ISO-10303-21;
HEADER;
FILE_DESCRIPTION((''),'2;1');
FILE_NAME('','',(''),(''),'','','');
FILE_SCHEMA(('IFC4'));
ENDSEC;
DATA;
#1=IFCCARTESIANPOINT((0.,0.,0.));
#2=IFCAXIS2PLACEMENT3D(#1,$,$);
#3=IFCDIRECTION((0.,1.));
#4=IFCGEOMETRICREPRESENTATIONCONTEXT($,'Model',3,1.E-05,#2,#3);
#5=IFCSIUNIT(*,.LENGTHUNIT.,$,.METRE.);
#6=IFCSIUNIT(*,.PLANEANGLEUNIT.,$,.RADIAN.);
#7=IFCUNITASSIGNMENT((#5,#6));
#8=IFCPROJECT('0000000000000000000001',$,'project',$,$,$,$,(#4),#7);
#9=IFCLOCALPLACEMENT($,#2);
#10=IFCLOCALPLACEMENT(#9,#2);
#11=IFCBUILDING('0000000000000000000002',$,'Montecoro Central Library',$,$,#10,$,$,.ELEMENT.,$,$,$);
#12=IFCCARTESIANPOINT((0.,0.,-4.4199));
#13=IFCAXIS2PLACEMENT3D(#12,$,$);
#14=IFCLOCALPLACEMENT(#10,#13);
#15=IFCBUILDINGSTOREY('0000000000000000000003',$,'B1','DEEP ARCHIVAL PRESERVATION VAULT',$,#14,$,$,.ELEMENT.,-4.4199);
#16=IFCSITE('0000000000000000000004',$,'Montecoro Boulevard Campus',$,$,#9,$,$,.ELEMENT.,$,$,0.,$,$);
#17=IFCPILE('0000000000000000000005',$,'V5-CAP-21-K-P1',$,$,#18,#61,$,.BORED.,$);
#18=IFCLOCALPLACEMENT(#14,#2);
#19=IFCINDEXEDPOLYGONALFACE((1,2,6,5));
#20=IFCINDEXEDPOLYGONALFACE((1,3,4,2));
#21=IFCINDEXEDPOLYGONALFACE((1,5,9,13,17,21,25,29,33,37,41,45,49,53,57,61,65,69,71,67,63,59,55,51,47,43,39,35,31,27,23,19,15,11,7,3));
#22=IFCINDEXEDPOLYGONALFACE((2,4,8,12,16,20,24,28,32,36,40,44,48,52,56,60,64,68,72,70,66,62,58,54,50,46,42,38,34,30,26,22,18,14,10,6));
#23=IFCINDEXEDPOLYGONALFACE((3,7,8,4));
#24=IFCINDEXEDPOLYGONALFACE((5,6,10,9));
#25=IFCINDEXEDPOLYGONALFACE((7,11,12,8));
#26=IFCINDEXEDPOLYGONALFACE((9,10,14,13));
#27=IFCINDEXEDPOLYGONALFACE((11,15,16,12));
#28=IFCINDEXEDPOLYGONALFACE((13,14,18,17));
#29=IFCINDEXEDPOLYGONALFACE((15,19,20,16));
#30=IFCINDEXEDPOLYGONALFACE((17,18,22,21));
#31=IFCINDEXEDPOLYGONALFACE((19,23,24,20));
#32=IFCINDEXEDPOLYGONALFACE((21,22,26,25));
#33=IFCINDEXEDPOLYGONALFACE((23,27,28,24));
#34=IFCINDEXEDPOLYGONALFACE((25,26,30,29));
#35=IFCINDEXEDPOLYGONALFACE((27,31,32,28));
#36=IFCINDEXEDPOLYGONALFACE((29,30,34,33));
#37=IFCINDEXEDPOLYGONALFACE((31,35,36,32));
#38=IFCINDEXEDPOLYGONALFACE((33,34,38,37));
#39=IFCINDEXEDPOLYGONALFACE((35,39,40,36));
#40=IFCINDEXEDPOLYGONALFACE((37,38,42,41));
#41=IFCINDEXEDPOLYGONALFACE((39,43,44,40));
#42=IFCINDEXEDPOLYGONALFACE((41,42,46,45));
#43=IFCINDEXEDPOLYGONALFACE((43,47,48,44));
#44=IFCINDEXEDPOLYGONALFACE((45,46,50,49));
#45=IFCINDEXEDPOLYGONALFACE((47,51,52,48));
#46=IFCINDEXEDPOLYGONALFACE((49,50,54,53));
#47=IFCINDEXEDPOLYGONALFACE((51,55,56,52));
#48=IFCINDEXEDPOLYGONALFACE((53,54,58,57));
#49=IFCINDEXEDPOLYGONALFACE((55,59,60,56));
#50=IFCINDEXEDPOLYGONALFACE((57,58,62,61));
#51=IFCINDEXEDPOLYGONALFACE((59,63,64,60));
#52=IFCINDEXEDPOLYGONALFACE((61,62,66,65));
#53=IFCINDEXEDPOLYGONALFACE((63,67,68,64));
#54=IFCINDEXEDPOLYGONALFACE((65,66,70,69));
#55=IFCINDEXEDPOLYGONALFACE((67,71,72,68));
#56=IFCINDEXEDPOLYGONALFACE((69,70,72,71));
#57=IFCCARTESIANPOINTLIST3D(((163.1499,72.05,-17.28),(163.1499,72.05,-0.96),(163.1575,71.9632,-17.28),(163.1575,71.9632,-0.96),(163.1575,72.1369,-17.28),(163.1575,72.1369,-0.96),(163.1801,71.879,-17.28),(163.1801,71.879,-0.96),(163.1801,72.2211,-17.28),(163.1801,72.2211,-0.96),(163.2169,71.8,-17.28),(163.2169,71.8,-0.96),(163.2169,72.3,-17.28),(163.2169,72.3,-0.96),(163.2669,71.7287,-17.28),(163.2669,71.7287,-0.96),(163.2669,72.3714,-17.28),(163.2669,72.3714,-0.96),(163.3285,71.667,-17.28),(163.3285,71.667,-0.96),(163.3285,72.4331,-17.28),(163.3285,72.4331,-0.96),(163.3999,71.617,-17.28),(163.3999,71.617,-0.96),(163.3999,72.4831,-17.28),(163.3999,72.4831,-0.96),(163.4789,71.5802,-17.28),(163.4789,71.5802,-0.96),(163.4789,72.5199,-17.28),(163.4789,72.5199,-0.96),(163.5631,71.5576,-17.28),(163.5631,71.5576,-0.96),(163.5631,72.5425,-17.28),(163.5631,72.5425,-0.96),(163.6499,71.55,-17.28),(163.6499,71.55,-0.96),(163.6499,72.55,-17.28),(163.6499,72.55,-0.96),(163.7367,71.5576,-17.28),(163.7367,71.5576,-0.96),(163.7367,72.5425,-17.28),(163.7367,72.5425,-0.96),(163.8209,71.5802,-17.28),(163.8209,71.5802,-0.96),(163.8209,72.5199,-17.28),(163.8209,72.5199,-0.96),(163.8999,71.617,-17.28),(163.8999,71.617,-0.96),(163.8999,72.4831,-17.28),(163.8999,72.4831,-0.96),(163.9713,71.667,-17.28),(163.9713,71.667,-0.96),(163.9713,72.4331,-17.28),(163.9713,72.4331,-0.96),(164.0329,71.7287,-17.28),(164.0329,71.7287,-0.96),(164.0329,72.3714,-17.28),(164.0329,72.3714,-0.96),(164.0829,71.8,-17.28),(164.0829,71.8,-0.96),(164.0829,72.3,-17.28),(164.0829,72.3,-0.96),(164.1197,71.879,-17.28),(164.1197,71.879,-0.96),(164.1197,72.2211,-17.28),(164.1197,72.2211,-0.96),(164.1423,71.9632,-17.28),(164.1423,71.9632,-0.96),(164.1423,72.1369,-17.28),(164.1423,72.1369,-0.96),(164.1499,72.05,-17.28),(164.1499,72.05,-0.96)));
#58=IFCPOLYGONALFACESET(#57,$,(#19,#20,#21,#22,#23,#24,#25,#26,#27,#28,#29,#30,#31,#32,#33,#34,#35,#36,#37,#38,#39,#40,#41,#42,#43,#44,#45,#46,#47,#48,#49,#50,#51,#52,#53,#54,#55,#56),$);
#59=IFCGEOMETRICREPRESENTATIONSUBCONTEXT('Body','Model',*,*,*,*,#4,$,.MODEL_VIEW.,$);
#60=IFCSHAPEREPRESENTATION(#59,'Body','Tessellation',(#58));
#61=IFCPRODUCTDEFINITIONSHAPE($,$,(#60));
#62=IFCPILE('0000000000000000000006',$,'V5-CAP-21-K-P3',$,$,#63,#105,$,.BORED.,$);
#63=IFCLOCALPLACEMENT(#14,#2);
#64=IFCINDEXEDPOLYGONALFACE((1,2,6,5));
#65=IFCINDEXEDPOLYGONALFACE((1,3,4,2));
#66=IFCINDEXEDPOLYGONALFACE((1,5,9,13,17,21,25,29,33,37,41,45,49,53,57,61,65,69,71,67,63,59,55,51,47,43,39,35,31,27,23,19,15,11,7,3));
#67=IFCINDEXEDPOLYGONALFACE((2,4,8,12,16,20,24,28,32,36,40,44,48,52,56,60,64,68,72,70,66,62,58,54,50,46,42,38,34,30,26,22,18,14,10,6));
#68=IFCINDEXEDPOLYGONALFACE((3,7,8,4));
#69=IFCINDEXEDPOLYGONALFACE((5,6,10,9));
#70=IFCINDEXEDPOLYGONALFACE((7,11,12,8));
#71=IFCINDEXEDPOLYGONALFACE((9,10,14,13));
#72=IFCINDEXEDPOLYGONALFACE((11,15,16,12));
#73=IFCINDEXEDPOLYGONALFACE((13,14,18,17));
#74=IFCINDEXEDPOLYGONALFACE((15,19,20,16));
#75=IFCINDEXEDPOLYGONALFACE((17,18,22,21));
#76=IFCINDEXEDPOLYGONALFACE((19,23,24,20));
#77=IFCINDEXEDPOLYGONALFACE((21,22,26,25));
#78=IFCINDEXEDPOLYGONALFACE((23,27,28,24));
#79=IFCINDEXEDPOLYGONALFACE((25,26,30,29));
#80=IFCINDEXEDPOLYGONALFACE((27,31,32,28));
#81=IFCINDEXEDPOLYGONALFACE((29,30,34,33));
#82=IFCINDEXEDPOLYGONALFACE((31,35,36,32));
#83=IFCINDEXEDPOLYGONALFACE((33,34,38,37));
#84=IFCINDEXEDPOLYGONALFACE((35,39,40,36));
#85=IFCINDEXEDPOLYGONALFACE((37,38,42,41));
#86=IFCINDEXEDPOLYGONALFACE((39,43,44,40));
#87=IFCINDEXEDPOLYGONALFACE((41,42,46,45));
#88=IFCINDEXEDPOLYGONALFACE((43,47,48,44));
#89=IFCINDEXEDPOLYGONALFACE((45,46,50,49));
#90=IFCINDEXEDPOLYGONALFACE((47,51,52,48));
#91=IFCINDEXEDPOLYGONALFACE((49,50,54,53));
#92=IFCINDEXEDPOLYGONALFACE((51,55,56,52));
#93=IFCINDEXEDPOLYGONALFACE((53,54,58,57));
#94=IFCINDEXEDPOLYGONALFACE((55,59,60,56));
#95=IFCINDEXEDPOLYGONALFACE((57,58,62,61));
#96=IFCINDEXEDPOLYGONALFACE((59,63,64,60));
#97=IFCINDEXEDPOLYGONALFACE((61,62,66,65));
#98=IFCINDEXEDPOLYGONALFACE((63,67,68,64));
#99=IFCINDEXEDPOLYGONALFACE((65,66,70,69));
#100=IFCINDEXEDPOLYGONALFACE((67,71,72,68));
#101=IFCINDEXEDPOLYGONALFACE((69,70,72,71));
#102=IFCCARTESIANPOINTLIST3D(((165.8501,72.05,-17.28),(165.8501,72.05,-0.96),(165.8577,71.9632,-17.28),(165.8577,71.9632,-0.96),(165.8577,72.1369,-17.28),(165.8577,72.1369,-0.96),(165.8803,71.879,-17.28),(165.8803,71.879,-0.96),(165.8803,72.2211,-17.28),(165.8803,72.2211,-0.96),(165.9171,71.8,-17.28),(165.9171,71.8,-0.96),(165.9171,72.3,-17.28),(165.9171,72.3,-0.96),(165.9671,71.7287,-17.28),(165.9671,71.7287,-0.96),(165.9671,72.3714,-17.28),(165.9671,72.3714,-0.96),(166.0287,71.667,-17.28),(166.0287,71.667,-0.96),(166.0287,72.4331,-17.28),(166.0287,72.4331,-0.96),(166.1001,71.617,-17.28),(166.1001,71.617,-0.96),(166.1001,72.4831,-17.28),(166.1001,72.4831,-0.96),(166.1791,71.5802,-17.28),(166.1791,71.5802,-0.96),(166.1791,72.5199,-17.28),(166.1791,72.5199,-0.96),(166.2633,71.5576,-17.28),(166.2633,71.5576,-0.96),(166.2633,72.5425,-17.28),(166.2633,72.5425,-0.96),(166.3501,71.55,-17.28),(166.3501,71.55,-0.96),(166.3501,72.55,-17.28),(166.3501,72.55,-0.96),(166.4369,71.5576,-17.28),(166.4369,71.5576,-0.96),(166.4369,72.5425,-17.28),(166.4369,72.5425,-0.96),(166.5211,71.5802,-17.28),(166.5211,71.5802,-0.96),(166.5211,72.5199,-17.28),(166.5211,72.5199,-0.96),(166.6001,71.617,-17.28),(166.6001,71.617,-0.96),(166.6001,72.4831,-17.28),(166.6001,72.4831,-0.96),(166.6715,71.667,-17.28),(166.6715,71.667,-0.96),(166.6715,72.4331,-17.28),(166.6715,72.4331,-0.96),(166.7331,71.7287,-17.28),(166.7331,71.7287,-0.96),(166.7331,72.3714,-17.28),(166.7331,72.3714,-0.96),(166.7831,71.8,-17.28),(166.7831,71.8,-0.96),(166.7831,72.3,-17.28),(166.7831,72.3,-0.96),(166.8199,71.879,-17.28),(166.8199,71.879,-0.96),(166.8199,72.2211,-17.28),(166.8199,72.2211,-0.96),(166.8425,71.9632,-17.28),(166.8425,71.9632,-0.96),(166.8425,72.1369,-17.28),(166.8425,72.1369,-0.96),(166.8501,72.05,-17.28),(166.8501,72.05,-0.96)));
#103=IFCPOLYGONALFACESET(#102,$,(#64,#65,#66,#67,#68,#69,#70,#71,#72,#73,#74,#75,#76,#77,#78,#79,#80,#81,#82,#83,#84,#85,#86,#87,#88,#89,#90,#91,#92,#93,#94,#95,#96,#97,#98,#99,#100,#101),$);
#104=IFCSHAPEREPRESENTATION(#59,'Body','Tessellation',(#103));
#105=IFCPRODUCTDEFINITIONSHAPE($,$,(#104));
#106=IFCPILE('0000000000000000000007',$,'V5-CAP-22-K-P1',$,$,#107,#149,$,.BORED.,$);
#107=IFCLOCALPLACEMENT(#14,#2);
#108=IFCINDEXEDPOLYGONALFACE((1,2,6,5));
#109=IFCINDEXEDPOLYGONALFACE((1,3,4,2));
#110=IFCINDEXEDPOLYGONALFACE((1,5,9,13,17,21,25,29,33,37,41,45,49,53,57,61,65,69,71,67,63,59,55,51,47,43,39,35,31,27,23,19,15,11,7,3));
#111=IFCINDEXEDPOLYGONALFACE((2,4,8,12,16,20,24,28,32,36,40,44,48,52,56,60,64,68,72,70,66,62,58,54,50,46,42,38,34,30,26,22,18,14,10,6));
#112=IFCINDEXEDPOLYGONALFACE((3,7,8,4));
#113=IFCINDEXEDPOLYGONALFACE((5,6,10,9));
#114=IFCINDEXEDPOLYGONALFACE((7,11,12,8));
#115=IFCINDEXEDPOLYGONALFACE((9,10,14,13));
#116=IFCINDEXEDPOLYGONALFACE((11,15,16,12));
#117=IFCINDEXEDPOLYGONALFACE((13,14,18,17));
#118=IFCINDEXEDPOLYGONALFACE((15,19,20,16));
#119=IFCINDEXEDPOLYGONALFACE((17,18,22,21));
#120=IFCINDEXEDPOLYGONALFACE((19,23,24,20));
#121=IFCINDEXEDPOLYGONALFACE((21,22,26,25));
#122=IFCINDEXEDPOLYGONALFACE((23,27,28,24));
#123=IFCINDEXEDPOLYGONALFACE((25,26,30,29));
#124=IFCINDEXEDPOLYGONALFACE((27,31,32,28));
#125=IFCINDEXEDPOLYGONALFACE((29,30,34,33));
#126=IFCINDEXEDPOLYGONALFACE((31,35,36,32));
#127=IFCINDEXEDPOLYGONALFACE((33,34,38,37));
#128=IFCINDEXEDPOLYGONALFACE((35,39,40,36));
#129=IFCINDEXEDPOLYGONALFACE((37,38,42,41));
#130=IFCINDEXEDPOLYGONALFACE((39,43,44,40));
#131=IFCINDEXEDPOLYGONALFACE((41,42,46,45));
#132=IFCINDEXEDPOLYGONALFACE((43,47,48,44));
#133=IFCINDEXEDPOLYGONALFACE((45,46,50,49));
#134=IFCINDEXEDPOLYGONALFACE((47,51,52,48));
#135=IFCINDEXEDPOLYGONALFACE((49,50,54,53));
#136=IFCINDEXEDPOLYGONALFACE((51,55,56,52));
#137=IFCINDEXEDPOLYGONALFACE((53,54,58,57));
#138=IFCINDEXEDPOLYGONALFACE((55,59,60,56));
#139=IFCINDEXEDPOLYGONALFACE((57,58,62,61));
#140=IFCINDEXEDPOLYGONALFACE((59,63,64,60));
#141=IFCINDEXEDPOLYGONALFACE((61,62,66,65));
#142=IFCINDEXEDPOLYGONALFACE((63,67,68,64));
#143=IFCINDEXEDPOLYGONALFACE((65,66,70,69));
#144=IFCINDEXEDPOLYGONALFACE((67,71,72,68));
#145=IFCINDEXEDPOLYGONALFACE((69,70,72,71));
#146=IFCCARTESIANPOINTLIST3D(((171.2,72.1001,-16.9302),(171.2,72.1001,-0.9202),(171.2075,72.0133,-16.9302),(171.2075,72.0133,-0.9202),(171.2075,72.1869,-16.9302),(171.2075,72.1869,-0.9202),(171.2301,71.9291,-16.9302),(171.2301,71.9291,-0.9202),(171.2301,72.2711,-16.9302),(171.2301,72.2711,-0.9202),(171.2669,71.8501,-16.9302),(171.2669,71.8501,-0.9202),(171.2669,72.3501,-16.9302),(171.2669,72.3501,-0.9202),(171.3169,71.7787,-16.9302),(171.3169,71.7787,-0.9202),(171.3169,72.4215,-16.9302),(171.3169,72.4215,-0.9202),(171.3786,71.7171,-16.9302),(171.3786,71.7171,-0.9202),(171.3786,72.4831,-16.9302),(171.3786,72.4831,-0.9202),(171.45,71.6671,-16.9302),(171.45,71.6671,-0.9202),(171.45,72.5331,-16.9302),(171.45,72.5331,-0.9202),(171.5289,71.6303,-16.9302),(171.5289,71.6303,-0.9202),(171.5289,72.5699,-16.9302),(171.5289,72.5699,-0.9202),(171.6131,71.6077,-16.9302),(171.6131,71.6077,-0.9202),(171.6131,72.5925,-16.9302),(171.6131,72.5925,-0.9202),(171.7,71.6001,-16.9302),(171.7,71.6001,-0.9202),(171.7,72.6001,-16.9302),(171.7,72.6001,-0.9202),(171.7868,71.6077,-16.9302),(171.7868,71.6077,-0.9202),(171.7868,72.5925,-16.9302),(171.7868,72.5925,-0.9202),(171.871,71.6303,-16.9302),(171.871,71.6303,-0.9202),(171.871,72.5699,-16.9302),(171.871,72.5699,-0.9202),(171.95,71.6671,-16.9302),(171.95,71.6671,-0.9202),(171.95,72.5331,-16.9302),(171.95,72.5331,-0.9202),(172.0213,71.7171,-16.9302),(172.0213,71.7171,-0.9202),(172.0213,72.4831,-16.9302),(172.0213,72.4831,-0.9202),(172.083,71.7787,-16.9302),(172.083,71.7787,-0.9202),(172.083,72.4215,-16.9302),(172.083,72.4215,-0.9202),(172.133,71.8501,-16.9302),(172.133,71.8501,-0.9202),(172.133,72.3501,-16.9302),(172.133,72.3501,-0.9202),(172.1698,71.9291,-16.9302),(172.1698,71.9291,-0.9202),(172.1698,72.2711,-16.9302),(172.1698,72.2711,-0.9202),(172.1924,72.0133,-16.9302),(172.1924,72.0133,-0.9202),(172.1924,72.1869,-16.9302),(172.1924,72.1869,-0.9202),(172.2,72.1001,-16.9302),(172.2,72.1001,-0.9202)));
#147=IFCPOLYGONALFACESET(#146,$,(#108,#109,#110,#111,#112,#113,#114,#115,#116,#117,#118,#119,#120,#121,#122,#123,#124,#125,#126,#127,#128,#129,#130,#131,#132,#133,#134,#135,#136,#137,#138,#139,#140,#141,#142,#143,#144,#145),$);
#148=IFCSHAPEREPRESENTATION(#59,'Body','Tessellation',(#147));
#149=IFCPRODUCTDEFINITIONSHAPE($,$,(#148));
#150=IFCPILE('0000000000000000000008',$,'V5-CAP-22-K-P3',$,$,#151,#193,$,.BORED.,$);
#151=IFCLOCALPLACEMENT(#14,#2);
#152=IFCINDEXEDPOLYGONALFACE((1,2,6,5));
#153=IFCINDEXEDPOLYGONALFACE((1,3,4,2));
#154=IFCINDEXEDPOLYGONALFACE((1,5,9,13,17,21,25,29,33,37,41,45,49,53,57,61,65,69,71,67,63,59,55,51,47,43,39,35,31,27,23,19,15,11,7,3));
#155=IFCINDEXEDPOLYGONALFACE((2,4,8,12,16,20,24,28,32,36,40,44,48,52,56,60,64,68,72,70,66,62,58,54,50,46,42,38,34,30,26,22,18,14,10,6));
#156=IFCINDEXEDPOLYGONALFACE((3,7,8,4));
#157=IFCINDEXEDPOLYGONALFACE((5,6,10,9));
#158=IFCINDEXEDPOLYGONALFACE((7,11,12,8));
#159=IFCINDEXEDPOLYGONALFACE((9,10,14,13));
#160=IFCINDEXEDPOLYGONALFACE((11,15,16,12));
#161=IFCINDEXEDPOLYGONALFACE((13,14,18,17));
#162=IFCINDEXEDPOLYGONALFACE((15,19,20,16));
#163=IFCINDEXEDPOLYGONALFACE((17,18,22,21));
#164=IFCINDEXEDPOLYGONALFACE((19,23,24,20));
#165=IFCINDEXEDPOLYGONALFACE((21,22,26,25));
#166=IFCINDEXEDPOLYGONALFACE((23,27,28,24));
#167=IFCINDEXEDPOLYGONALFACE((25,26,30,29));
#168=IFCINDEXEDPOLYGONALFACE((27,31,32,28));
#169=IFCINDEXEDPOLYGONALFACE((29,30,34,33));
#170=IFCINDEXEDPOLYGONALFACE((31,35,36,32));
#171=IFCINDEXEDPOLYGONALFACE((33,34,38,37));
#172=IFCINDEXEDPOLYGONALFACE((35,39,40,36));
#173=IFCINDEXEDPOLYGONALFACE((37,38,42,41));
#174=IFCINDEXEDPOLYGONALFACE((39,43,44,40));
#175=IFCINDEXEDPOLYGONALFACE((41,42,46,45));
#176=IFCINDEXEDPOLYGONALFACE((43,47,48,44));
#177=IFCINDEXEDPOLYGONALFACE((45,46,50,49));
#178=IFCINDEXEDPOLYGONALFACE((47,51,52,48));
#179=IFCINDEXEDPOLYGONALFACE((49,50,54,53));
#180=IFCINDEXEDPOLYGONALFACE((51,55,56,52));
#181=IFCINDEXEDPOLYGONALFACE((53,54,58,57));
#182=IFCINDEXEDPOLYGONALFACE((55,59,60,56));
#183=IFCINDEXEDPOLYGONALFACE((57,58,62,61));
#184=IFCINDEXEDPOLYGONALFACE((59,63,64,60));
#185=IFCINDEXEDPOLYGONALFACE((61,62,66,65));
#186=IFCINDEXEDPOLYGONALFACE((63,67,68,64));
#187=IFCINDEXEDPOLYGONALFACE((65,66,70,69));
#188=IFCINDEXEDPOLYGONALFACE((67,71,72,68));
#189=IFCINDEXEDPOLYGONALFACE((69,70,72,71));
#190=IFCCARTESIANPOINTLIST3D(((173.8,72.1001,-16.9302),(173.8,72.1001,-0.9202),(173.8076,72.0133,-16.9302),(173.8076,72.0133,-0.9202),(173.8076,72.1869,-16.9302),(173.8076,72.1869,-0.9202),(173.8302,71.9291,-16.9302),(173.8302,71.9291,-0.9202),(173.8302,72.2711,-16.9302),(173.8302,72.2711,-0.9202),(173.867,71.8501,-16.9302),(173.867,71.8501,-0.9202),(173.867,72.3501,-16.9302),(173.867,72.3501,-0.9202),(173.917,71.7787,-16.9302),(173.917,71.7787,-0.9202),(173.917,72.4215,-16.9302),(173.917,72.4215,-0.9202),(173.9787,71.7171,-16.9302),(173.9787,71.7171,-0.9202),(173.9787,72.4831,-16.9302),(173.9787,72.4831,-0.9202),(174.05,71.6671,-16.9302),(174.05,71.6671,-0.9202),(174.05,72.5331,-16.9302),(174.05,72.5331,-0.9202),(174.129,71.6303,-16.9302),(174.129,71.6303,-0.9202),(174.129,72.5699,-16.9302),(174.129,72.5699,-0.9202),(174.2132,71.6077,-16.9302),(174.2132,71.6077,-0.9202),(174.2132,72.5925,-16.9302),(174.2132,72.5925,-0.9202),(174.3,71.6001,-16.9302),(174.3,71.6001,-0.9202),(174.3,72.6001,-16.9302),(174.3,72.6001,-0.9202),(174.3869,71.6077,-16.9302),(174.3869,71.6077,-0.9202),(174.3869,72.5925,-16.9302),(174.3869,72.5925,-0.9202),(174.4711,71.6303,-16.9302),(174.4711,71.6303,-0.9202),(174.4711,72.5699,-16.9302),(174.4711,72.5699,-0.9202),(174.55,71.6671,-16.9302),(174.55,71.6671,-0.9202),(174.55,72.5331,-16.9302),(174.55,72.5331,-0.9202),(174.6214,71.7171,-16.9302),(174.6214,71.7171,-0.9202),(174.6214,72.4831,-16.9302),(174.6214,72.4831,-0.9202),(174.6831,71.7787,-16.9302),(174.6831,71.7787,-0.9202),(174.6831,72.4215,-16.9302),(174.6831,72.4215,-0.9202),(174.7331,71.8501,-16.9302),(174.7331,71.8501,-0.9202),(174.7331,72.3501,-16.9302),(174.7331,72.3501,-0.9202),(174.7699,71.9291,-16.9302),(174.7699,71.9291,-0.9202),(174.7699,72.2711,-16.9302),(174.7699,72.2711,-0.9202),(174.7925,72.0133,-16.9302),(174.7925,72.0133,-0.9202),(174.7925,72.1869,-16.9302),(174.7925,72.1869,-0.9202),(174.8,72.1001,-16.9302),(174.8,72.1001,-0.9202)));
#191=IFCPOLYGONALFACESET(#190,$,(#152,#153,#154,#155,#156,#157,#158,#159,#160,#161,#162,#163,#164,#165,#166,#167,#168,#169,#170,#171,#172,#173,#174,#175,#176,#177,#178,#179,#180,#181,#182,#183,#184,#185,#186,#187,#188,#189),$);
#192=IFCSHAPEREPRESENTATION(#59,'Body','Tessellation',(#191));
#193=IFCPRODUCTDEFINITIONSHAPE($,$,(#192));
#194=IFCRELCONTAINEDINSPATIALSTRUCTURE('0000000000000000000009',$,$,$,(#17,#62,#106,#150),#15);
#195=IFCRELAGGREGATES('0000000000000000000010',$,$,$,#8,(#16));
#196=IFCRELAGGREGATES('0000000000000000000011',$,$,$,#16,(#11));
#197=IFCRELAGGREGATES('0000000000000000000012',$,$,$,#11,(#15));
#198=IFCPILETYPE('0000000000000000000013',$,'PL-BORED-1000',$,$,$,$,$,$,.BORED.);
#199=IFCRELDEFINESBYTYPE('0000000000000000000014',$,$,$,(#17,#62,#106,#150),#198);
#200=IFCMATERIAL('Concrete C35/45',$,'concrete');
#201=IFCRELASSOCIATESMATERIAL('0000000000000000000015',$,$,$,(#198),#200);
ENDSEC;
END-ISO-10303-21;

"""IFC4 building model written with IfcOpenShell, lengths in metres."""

from ifc_helpers import new_model, si_unit, direction, frame, origin, origin_2d, place, context, subcontext, project, spatial, circle, extrude, material, material_profile, profile_set, type_object, element, save


model = new_model("IFC4")

# Units and contexts
model_context = context("Model", 3, precision=1e-05, world=origin(), true_north=direction((0.0, 1.0)))
body_context = subcontext(model_context, "Body", "Model", "MODEL_VIEW")
ifc_project = project(units=[si_unit("LENGTHUNIT", "METRE"), si_unit("PLANEANGLEUNIT", "RADIAN")], contexts=[model_context])

# Site, building, storey
site_placement = place(None, origin())
site = spatial("IfcSite", under=ifc_project, at=site_placement, Name="Montecoro Boulevard Campus", CompositionType="ELEMENT", RefElevation=0.0)
building_placement = place(site_placement, origin())
building = spatial("IfcBuilding", under=site, at=building_placement, Name="Montecoro Central Library", CompositionType="ELEMENT")
storey_placement = place(building_placement, frame((0.0, 0.0, -4.4199)))
storey = spatial("IfcBuildingStorey", under=building, at=storey_placement, Name="B1", Description="DEEP ARCHIVAL PRESERVATION VAULT", CompositionType="ELEMENT", Elevation=-4.4199)

# Shared definitions
ifc_material_1 = material(Name="Concrete C35/45", Category="concrete")

# Piles
ifc_material_profile_1 = material_profile(ifc_material_1, circle(Radius=0.5, at=origin_2d()), Name="PILE D1000")
ifc_profile_set_1 = profile_set([ifc_material_profile_1], Name="Concrete C35/45")
pile_type_1 = type_object("IfcPileType", Name="PL-BORED-1000", PredefinedType="BORED", material=ifc_profile_set_1)
for number, where, z_axis, x_axis, name in (
    (1, (163.6499, 72.05, -0.96), (0.0, 0.0, -1.0), (1.0, 0.0, 0.0), "V5-CAP-21-K-P1"),
    (2, (166.3501, 72.05, -0.96), (0.0, 0.0, -1.0), (1.0, 0.0, 0.0), "V5-CAP-21-K-P3"),
):
    element("IfcPile", number, at=place(storey_placement, frame(where, z_axis=z_axis, x_axis=x_axis)), inside=storey, type_object=pile_type_1, Name=name, PredefinedType="BORED", context=body_context, shape_type="SweptSolid", body=[
        extrude(circle(Radius=0.5, at=origin_2d()), origin(), (0.0, 0.0, 1.0), 16.3201),
    ])
for number, where, z_axis, x_axis, name in (
    (3, (171.7, 72.1001, -0.9202), (0.0, 0.0, -1.0), (1.0, 0.0, 0.0), "V5-CAP-22-K-P1"),
    (4, (174.3, 72.1001, -0.9202), (0.0, 0.0, -1.0), (1.0, 0.0, 0.0), "V5-CAP-22-K-P3"),
):
    element("IfcPile", number, at=place(storey_placement, frame(where, z_axis=z_axis, x_axis=x_axis)), inside=storey, type_object=pile_type_1, Name=name, PredefinedType="BORED", context=body_context, shape_type="SweptSolid", body=[
        extrude(circle(Radius=0.5, at=origin_2d()), origin(), (0.0, 0.0, 1.0), 16.01),
    ])

save(model, "model.ifc")
